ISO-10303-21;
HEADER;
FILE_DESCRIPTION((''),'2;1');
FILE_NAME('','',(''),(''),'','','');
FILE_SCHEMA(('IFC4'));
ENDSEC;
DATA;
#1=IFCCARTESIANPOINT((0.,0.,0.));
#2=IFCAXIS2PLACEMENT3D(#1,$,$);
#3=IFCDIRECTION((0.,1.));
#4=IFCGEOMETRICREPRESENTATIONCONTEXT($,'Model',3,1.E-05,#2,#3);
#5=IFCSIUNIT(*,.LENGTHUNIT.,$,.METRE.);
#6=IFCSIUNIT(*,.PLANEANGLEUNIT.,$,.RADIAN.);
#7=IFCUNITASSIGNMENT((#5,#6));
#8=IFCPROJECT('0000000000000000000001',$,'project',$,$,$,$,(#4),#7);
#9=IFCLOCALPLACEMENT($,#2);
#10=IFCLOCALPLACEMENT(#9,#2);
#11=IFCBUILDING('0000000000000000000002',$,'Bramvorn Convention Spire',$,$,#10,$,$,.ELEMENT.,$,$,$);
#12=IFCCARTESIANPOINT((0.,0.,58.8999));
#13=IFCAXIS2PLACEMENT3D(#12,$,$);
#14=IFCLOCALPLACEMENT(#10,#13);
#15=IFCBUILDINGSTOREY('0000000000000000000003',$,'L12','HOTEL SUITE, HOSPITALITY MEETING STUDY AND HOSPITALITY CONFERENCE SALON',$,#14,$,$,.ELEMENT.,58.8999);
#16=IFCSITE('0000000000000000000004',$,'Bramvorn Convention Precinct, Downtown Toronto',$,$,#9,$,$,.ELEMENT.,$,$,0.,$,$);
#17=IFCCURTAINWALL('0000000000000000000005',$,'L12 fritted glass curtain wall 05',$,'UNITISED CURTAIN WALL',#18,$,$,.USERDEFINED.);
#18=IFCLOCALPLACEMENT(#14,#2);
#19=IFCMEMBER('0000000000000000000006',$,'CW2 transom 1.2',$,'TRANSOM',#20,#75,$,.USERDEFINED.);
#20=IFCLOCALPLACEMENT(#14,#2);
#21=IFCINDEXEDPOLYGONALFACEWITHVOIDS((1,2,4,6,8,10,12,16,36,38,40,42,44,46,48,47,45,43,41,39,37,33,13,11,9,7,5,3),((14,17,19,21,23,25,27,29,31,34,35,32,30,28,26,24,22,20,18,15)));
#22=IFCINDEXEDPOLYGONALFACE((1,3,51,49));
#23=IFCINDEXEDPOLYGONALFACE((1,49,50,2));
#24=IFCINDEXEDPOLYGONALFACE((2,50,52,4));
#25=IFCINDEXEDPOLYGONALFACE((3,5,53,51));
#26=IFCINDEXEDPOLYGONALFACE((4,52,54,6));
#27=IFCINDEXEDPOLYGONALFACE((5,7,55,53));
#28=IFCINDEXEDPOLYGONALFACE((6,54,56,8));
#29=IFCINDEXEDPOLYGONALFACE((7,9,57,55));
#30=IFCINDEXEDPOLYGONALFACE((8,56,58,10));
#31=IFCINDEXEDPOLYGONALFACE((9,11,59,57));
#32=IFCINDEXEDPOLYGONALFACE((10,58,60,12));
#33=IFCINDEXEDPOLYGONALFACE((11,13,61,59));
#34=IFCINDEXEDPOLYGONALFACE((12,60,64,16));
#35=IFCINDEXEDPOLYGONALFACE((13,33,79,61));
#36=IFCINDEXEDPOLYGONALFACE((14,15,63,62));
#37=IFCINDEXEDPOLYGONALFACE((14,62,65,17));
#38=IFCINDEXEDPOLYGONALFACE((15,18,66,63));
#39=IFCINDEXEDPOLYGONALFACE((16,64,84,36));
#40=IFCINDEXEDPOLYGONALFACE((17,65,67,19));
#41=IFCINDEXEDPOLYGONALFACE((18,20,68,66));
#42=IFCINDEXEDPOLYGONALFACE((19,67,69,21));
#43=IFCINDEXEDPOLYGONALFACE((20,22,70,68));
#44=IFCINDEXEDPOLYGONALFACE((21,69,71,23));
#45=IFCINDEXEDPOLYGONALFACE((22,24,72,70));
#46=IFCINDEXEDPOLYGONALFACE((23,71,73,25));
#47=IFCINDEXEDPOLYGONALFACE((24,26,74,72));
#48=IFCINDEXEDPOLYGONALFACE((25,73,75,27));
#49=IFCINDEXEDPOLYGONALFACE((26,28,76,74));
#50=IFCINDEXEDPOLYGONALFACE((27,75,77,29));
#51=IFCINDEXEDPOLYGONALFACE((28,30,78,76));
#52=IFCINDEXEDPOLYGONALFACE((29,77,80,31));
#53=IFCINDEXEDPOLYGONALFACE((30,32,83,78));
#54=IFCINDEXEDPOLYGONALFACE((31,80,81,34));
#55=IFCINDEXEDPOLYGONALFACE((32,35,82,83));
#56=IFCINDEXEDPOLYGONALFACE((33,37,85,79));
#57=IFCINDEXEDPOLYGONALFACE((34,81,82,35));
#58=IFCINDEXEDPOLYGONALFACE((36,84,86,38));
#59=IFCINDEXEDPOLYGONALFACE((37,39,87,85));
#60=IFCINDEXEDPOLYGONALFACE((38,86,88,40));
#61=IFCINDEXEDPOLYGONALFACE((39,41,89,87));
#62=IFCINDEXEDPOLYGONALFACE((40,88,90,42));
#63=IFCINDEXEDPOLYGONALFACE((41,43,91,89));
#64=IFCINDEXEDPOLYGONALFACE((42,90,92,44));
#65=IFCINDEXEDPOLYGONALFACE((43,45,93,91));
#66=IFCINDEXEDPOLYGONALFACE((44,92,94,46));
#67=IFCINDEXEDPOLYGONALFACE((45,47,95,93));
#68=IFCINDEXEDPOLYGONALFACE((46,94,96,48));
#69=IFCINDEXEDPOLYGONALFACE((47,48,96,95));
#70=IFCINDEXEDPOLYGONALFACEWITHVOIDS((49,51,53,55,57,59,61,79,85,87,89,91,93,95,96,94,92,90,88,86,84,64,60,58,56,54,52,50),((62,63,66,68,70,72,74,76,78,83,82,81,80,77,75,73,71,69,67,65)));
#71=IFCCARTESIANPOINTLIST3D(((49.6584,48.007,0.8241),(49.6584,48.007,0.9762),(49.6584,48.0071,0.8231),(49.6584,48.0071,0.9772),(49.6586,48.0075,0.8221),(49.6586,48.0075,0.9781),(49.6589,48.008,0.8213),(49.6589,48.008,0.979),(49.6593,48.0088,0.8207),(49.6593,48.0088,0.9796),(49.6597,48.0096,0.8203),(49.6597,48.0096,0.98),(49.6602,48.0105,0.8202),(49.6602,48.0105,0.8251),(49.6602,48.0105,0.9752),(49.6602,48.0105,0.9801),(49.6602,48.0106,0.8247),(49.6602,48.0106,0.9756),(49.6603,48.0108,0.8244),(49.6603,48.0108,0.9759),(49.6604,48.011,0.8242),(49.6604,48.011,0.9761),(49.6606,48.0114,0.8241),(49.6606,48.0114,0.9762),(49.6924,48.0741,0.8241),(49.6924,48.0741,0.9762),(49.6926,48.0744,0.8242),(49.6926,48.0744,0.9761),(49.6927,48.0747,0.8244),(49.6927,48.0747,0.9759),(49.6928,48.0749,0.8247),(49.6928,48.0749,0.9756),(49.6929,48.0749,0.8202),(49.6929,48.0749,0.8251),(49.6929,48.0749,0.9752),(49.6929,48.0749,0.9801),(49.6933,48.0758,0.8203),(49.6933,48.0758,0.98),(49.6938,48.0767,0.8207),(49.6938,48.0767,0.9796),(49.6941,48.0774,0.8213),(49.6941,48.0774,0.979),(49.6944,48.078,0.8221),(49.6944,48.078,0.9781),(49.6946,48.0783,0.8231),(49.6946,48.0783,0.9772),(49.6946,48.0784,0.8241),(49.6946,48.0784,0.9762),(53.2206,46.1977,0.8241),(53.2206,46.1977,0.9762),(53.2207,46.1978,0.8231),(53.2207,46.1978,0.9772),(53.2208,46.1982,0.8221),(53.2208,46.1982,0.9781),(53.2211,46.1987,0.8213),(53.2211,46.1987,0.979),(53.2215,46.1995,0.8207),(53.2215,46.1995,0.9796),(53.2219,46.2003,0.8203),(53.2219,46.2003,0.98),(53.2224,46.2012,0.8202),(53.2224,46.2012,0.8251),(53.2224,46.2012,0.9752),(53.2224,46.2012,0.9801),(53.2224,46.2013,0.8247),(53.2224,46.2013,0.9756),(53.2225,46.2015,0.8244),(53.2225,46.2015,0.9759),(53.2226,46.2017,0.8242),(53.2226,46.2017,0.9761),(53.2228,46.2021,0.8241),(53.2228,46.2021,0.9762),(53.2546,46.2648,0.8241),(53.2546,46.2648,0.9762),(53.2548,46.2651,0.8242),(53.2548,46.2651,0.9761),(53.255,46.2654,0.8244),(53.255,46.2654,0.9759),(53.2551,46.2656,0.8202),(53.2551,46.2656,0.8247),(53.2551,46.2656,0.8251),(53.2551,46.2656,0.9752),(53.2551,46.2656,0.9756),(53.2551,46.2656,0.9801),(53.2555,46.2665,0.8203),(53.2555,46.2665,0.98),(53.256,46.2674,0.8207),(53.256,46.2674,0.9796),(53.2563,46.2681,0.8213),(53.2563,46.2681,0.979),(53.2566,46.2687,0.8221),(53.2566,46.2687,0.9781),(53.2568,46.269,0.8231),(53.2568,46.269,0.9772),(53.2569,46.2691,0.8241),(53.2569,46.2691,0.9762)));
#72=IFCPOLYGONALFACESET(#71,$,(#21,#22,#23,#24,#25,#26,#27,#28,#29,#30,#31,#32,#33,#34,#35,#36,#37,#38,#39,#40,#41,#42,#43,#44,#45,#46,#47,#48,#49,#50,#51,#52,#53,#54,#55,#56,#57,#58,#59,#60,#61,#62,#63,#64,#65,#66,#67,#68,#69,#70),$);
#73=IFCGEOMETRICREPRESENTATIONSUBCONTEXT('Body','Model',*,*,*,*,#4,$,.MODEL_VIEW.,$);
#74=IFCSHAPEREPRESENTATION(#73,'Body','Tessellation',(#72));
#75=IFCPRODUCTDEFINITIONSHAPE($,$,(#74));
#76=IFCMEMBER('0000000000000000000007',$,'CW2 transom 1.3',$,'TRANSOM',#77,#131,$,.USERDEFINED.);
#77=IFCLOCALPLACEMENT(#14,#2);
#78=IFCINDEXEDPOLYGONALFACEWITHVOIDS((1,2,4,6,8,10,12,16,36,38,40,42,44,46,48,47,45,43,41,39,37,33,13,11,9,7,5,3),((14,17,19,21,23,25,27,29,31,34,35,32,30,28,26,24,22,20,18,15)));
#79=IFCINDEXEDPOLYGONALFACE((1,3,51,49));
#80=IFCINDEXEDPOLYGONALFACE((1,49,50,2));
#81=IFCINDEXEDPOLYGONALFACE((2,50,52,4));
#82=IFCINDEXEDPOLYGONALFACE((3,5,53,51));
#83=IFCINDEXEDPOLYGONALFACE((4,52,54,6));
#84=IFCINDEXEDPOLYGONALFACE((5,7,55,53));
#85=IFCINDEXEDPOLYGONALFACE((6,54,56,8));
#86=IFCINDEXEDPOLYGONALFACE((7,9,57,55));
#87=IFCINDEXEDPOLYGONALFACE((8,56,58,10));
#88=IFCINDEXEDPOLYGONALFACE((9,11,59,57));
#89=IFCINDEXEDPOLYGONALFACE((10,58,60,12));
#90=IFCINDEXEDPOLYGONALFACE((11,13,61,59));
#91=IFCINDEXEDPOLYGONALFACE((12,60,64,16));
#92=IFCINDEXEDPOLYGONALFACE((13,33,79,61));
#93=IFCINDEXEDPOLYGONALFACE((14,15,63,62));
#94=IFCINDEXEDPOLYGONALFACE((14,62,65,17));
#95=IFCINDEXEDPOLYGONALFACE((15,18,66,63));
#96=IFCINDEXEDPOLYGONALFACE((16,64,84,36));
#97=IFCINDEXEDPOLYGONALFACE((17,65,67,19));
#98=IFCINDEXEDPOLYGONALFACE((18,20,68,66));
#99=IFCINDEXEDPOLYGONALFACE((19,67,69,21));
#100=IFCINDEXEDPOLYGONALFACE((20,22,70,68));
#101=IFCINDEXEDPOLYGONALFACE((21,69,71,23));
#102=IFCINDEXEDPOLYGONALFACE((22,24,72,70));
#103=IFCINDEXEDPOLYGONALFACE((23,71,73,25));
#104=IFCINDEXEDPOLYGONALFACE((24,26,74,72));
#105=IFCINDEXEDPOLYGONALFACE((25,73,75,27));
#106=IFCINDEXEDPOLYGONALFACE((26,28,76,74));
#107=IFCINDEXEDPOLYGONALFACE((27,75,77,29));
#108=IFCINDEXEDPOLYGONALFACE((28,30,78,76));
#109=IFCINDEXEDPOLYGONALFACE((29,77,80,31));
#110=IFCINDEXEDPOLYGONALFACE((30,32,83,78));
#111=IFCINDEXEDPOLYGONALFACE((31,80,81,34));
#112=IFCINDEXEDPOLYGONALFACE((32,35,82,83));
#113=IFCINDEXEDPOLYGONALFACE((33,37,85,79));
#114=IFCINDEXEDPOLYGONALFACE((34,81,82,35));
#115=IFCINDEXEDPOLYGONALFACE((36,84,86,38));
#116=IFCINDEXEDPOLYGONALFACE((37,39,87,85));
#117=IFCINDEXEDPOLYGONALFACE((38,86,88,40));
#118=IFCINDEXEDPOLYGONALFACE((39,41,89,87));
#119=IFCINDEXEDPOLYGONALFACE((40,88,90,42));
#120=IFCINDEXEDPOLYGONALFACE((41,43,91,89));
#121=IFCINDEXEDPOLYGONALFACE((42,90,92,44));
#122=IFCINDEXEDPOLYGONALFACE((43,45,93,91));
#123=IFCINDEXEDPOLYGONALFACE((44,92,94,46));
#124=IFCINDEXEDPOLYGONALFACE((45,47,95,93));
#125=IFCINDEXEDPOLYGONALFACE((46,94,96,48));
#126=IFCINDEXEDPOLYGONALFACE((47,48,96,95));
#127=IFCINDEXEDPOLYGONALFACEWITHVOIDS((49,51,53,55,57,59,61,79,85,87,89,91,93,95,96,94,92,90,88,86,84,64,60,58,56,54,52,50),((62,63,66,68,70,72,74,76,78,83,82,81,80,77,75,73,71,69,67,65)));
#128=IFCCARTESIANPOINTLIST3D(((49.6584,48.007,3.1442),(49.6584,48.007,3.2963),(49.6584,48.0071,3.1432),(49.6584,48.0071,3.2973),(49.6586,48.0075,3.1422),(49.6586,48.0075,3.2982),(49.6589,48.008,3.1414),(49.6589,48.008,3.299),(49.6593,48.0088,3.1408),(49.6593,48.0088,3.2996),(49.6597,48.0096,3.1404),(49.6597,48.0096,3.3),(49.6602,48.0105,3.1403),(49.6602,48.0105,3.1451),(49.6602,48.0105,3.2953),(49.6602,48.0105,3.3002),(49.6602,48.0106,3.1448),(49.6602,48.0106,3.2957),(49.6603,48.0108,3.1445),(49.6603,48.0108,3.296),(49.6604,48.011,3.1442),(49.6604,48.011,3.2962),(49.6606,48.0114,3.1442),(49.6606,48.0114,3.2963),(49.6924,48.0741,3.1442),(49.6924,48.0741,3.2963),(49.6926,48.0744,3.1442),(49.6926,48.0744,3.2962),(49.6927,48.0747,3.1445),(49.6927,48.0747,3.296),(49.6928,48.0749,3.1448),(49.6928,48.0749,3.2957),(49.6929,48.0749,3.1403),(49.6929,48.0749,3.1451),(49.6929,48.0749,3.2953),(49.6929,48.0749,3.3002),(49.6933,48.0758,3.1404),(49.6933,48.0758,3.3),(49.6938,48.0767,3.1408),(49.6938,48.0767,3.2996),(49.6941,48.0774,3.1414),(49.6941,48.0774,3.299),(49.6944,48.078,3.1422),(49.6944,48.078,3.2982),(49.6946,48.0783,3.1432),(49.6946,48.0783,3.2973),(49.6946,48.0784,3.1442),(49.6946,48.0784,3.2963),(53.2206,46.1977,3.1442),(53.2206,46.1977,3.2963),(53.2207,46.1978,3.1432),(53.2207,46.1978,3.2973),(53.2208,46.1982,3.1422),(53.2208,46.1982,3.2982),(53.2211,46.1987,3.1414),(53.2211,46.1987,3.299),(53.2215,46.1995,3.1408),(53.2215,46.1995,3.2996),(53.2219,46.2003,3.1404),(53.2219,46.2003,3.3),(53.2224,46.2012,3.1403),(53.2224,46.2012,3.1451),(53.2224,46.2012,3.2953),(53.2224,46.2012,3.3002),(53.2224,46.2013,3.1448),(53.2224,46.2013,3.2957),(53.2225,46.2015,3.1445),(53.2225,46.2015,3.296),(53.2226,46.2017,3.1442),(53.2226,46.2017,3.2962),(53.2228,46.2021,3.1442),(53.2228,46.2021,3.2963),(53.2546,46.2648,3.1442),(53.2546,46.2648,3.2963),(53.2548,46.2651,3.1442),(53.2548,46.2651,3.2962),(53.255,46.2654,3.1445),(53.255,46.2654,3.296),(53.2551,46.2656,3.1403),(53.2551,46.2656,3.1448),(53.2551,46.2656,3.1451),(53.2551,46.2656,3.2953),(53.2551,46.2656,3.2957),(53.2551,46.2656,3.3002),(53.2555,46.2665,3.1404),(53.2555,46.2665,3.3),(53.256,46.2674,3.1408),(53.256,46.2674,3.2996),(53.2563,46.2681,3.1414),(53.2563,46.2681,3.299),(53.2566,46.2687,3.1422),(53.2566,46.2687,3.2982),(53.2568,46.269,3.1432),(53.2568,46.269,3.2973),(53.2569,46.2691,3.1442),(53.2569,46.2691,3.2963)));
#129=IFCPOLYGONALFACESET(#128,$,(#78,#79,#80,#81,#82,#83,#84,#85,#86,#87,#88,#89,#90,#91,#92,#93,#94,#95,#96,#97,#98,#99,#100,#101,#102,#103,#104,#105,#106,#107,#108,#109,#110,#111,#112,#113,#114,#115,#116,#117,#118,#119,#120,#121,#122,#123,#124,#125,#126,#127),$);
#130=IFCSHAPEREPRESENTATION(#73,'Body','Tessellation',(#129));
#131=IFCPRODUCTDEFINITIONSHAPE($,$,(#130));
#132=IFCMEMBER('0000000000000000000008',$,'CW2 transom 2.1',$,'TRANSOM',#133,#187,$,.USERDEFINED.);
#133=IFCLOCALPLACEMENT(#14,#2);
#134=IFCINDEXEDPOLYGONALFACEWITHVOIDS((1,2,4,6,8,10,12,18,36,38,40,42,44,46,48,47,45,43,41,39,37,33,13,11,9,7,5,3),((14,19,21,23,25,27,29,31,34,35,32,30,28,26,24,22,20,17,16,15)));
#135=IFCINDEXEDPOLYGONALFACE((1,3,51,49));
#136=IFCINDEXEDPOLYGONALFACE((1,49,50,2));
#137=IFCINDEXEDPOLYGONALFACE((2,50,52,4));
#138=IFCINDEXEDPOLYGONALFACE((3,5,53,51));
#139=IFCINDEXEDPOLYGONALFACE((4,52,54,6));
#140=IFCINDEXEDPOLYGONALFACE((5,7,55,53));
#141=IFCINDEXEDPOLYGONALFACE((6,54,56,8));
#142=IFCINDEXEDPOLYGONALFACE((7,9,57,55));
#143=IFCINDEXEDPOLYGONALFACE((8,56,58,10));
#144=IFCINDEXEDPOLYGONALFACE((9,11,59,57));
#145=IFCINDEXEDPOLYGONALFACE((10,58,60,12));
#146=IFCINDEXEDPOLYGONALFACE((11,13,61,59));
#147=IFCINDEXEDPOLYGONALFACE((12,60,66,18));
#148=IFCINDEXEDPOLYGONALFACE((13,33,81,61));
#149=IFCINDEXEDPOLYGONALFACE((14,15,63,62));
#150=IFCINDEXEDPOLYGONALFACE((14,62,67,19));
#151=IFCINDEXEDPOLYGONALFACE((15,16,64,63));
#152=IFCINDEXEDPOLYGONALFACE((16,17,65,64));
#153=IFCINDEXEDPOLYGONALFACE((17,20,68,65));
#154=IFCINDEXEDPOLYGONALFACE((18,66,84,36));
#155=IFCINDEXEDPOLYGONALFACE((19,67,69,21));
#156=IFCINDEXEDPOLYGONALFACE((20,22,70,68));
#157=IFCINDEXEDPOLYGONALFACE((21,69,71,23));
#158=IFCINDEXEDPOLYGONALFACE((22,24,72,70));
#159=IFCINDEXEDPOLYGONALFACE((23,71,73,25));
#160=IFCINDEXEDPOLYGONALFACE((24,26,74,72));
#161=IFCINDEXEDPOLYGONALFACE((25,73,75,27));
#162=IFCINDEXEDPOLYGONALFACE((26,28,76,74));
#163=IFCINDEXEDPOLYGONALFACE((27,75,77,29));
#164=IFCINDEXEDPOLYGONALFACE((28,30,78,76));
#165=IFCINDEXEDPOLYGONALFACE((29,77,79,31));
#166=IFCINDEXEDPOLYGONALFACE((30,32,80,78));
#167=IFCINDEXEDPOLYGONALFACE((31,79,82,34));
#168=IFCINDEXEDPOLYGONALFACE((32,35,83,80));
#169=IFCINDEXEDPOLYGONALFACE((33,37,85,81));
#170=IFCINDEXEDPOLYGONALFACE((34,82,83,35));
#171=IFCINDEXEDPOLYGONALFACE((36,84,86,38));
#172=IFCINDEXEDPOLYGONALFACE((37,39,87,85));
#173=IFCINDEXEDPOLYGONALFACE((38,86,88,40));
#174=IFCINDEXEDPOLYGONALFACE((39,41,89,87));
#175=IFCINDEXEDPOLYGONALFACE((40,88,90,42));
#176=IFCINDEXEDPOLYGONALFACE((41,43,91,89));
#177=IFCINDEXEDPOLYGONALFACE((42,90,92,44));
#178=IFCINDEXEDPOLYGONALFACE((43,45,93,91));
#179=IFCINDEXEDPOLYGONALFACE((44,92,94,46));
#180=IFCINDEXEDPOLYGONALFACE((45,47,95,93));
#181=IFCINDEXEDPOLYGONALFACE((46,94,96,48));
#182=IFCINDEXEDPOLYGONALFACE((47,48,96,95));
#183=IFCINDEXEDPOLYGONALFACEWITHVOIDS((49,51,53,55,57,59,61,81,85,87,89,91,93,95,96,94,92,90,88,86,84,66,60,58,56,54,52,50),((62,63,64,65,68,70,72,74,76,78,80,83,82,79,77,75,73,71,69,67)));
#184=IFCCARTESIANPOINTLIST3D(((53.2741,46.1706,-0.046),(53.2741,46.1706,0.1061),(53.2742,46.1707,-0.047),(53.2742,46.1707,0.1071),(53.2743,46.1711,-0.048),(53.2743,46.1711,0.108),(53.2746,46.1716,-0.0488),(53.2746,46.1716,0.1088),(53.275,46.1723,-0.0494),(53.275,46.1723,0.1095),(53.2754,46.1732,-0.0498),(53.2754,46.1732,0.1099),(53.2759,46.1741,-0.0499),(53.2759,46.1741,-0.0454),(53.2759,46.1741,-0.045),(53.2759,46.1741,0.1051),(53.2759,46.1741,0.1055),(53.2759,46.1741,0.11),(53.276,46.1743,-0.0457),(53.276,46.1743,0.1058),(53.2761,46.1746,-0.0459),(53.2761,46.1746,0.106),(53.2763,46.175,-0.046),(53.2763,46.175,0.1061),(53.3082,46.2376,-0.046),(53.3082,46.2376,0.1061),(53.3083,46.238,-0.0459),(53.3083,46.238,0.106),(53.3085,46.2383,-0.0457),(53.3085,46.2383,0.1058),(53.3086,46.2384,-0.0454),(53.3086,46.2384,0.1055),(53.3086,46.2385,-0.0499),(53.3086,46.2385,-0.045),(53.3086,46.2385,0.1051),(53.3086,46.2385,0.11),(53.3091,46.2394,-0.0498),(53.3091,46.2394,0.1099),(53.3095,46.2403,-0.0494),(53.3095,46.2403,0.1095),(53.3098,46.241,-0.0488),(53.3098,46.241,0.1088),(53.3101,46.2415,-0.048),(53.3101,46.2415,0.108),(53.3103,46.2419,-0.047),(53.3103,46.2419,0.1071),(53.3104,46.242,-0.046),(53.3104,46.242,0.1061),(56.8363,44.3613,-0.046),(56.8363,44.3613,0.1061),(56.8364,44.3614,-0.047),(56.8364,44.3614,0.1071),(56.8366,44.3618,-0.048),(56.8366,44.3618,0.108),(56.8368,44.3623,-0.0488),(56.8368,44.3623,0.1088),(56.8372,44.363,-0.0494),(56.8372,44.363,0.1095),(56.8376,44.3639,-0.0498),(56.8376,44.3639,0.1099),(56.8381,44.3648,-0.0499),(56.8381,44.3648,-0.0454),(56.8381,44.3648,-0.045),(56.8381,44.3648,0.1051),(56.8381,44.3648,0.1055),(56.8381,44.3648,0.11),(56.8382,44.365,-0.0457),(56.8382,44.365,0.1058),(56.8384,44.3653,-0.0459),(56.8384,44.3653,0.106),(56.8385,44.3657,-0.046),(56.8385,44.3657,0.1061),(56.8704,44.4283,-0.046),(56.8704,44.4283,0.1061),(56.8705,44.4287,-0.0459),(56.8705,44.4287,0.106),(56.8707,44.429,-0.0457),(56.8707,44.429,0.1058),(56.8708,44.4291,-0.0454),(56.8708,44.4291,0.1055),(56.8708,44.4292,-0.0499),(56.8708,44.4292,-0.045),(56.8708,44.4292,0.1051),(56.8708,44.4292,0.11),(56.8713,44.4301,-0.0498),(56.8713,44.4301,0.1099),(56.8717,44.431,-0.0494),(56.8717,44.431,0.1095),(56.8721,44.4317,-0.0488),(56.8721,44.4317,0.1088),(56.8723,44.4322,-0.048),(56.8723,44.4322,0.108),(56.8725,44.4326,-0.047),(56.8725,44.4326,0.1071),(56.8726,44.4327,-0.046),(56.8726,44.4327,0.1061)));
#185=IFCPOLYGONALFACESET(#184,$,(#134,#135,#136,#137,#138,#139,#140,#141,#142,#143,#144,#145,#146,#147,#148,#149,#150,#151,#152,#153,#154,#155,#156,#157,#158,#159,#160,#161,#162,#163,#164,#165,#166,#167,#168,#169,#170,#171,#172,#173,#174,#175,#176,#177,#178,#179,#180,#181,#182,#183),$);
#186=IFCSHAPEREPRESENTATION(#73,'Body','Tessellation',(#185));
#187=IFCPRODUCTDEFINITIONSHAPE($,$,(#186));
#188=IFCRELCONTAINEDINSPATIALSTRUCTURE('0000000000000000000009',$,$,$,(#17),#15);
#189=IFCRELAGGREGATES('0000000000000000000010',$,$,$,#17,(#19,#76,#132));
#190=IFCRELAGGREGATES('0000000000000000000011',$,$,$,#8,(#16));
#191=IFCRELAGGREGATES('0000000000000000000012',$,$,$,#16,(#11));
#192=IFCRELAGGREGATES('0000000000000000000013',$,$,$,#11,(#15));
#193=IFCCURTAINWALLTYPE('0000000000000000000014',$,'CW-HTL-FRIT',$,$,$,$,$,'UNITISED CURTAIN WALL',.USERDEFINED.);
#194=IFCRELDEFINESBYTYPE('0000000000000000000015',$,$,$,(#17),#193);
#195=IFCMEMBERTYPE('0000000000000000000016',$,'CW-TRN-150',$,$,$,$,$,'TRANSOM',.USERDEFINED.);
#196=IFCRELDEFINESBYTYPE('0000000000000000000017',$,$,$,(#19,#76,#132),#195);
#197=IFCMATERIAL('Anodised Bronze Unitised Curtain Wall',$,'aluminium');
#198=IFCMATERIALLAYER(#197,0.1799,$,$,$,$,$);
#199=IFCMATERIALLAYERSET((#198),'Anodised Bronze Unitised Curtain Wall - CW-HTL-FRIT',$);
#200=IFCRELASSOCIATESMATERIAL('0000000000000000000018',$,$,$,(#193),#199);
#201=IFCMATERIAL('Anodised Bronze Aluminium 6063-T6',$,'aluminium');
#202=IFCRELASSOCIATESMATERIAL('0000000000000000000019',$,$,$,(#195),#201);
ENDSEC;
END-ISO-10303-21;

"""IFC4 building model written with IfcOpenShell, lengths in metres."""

from ifc_helpers import new_model, si_unit, direction, frame, origin, origin_2d, place, context, subcontext, project, spatial, hollow_rectangle, extrude, material, layer, layer_set, material_profile, profile_set, type_object, element, aggregate, save


model = new_model("IFC4")

# Units and contexts
model_context = context("Model", 3, precision=1e-05, world=origin(), true_north=direction((0.0, 1.0)))
body_context = subcontext(model_context, "Body", "Model", "MODEL_VIEW")
ifc_project = project(units=[si_unit("LENGTHUNIT", "METRE"), si_unit("PLANEANGLEUNIT", "RADIAN")], contexts=[model_context])

# Site, building, storey
site_placement = place(None, origin())
site = spatial("IfcSite", under=ifc_project, at=site_placement, Name="Bramvorn Convention Precinct, Downtown Toronto", CompositionType="ELEMENT", RefElevation=0.0)
building_placement = place(site_placement, origin())
building = spatial("IfcBuilding", under=site, at=building_placement, Name="Bramvorn Convention Spire", CompositionType="ELEMENT")
storey_placement = place(building_placement, frame((0.0, 0.0, 58.8999)))
storey = spatial("IfcBuildingStorey", under=building, at=storey_placement, Name="L12", Description="HOTEL SUITE, HOSPITALITY MEETING STUDY AND HOSPITALITY CONFERENCE SALON", CompositionType="ELEMENT", Elevation=58.8999)

# Curtain wall, members
ifc_material_1 = material(Name="Anodised Bronze Unitised Curtain Wall", Category="aluminium")
ifc_layer_1 = layer(ifc_material_1, 0.1799)
ifc_layer_set_1 = layer_set([ifc_layer_1], Name="Anodised Bronze Unitised Curtain Wall - CW-HTL-FRIT")
curtain_wall_type = type_object("IfcCurtainWallType", Name="CW-HTL-FRIT", ElementType="UNITISED CURTAIN WALL", PredefinedType="USERDEFINED", material=ifc_layer_set_1)
curtain_wall_placement = place(storey_placement, origin())
curtain_wall = element("IfcCurtainWall", 1, at=curtain_wall_placement, inside=storey, type_object=curtain_wall_type, Name="L12 fritted glass curtain wall 05", ObjectType="UNITISED CURTAIN WALL", PredefinedType="USERDEFINED")
ifc_material_2 = material(Name="Anodised Bronze Aluminium 6063-T6", Category="aluminium")
ifc_material_profile_1 = material_profile(ifc_material_2, hollow_rectangle(XDim=0.0801, YDim=0.1599, WallThickness=0.0039, InnerFilletRadius=0.001, OuterFilletRadius=0.0039, at=origin_2d()))
ifc_profile_set_1 = profile_set([ifc_material_profile_1], Name="Anodised Bronze Aluminium 6063-T6 - CWT80X160")
member_type_1 = type_object("IfcMemberType", Name="CW-TRN-150", ElementType="TRANSOM", PredefinedType="USERDEFINED", material=ifc_profile_set_1)
member_1_placement = place(storey_placement, frame((49.6765, 48.0427, 0.9001), z_axis=(0.891586, -0.452851, 0.0), x_axis=(0.452851, 0.891586, 0.0)))
member_1 = element("IfcMember", 2, at=member_1_placement, type_object=member_type_1, Name="CW2 transom 1.2", ObjectType="TRANSOM", PredefinedType="USERDEFINED", context=body_context, shape_type="SweptSolid", body=[
    extrude(hollow_rectangle(XDim=0.0801, YDim=0.1599, WallThickness=0.0039, InnerFilletRadius=0.001, OuterFilletRadius=0.0039, at=origin_2d()), origin(), (0.0, 0.0, 1.0), 3.9954),
])
member_2_placement = place(storey_placement, frame((49.6765, 48.0427, 3.2202), z_axis=(0.891586, -0.452851, 0.0), x_axis=(0.452851, 0.891586, 0.0)))
member_2 = element("IfcMember", 3, at=member_2_placement, type_object=member_type_1, Name="CW2 transom 1.3", ObjectType="TRANSOM", PredefinedType="USERDEFINED", context=body_context, shape_type="SweptSolid", body=[
    extrude(hollow_rectangle(XDim=0.0801, YDim=0.1599, WallThickness=0.0039, InnerFilletRadius=0.001, OuterFilletRadius=0.0039, at=origin_2d()), origin(), (0.0, 0.0, 1.0), 3.9954),
])
member_3_placement = place(storey_placement, frame((53.2922, 46.2063, 0.03), z_axis=(0.891586, -0.452851, 0.0), x_axis=(0.452851, 0.891586, 0.0)))
member_3 = element("IfcMember", 4, at=member_3_placement, type_object=member_type_1, Name="CW2 transom 2.1", ObjectType="TRANSOM", PredefinedType="USERDEFINED", context=body_context, shape_type="SweptSolid", body=[
    extrude(hollow_rectangle(XDim=0.0801, YDim=0.1599, WallThickness=0.0039, InnerFilletRadius=0.001, OuterFilletRadius=0.0039, at=origin_2d()), origin(), (0.0, 0.0, 1.0), 3.9954),
])
aggregate(curtain_wall, [member_1, member_2, member_3])

save(model, "model.ifc")
